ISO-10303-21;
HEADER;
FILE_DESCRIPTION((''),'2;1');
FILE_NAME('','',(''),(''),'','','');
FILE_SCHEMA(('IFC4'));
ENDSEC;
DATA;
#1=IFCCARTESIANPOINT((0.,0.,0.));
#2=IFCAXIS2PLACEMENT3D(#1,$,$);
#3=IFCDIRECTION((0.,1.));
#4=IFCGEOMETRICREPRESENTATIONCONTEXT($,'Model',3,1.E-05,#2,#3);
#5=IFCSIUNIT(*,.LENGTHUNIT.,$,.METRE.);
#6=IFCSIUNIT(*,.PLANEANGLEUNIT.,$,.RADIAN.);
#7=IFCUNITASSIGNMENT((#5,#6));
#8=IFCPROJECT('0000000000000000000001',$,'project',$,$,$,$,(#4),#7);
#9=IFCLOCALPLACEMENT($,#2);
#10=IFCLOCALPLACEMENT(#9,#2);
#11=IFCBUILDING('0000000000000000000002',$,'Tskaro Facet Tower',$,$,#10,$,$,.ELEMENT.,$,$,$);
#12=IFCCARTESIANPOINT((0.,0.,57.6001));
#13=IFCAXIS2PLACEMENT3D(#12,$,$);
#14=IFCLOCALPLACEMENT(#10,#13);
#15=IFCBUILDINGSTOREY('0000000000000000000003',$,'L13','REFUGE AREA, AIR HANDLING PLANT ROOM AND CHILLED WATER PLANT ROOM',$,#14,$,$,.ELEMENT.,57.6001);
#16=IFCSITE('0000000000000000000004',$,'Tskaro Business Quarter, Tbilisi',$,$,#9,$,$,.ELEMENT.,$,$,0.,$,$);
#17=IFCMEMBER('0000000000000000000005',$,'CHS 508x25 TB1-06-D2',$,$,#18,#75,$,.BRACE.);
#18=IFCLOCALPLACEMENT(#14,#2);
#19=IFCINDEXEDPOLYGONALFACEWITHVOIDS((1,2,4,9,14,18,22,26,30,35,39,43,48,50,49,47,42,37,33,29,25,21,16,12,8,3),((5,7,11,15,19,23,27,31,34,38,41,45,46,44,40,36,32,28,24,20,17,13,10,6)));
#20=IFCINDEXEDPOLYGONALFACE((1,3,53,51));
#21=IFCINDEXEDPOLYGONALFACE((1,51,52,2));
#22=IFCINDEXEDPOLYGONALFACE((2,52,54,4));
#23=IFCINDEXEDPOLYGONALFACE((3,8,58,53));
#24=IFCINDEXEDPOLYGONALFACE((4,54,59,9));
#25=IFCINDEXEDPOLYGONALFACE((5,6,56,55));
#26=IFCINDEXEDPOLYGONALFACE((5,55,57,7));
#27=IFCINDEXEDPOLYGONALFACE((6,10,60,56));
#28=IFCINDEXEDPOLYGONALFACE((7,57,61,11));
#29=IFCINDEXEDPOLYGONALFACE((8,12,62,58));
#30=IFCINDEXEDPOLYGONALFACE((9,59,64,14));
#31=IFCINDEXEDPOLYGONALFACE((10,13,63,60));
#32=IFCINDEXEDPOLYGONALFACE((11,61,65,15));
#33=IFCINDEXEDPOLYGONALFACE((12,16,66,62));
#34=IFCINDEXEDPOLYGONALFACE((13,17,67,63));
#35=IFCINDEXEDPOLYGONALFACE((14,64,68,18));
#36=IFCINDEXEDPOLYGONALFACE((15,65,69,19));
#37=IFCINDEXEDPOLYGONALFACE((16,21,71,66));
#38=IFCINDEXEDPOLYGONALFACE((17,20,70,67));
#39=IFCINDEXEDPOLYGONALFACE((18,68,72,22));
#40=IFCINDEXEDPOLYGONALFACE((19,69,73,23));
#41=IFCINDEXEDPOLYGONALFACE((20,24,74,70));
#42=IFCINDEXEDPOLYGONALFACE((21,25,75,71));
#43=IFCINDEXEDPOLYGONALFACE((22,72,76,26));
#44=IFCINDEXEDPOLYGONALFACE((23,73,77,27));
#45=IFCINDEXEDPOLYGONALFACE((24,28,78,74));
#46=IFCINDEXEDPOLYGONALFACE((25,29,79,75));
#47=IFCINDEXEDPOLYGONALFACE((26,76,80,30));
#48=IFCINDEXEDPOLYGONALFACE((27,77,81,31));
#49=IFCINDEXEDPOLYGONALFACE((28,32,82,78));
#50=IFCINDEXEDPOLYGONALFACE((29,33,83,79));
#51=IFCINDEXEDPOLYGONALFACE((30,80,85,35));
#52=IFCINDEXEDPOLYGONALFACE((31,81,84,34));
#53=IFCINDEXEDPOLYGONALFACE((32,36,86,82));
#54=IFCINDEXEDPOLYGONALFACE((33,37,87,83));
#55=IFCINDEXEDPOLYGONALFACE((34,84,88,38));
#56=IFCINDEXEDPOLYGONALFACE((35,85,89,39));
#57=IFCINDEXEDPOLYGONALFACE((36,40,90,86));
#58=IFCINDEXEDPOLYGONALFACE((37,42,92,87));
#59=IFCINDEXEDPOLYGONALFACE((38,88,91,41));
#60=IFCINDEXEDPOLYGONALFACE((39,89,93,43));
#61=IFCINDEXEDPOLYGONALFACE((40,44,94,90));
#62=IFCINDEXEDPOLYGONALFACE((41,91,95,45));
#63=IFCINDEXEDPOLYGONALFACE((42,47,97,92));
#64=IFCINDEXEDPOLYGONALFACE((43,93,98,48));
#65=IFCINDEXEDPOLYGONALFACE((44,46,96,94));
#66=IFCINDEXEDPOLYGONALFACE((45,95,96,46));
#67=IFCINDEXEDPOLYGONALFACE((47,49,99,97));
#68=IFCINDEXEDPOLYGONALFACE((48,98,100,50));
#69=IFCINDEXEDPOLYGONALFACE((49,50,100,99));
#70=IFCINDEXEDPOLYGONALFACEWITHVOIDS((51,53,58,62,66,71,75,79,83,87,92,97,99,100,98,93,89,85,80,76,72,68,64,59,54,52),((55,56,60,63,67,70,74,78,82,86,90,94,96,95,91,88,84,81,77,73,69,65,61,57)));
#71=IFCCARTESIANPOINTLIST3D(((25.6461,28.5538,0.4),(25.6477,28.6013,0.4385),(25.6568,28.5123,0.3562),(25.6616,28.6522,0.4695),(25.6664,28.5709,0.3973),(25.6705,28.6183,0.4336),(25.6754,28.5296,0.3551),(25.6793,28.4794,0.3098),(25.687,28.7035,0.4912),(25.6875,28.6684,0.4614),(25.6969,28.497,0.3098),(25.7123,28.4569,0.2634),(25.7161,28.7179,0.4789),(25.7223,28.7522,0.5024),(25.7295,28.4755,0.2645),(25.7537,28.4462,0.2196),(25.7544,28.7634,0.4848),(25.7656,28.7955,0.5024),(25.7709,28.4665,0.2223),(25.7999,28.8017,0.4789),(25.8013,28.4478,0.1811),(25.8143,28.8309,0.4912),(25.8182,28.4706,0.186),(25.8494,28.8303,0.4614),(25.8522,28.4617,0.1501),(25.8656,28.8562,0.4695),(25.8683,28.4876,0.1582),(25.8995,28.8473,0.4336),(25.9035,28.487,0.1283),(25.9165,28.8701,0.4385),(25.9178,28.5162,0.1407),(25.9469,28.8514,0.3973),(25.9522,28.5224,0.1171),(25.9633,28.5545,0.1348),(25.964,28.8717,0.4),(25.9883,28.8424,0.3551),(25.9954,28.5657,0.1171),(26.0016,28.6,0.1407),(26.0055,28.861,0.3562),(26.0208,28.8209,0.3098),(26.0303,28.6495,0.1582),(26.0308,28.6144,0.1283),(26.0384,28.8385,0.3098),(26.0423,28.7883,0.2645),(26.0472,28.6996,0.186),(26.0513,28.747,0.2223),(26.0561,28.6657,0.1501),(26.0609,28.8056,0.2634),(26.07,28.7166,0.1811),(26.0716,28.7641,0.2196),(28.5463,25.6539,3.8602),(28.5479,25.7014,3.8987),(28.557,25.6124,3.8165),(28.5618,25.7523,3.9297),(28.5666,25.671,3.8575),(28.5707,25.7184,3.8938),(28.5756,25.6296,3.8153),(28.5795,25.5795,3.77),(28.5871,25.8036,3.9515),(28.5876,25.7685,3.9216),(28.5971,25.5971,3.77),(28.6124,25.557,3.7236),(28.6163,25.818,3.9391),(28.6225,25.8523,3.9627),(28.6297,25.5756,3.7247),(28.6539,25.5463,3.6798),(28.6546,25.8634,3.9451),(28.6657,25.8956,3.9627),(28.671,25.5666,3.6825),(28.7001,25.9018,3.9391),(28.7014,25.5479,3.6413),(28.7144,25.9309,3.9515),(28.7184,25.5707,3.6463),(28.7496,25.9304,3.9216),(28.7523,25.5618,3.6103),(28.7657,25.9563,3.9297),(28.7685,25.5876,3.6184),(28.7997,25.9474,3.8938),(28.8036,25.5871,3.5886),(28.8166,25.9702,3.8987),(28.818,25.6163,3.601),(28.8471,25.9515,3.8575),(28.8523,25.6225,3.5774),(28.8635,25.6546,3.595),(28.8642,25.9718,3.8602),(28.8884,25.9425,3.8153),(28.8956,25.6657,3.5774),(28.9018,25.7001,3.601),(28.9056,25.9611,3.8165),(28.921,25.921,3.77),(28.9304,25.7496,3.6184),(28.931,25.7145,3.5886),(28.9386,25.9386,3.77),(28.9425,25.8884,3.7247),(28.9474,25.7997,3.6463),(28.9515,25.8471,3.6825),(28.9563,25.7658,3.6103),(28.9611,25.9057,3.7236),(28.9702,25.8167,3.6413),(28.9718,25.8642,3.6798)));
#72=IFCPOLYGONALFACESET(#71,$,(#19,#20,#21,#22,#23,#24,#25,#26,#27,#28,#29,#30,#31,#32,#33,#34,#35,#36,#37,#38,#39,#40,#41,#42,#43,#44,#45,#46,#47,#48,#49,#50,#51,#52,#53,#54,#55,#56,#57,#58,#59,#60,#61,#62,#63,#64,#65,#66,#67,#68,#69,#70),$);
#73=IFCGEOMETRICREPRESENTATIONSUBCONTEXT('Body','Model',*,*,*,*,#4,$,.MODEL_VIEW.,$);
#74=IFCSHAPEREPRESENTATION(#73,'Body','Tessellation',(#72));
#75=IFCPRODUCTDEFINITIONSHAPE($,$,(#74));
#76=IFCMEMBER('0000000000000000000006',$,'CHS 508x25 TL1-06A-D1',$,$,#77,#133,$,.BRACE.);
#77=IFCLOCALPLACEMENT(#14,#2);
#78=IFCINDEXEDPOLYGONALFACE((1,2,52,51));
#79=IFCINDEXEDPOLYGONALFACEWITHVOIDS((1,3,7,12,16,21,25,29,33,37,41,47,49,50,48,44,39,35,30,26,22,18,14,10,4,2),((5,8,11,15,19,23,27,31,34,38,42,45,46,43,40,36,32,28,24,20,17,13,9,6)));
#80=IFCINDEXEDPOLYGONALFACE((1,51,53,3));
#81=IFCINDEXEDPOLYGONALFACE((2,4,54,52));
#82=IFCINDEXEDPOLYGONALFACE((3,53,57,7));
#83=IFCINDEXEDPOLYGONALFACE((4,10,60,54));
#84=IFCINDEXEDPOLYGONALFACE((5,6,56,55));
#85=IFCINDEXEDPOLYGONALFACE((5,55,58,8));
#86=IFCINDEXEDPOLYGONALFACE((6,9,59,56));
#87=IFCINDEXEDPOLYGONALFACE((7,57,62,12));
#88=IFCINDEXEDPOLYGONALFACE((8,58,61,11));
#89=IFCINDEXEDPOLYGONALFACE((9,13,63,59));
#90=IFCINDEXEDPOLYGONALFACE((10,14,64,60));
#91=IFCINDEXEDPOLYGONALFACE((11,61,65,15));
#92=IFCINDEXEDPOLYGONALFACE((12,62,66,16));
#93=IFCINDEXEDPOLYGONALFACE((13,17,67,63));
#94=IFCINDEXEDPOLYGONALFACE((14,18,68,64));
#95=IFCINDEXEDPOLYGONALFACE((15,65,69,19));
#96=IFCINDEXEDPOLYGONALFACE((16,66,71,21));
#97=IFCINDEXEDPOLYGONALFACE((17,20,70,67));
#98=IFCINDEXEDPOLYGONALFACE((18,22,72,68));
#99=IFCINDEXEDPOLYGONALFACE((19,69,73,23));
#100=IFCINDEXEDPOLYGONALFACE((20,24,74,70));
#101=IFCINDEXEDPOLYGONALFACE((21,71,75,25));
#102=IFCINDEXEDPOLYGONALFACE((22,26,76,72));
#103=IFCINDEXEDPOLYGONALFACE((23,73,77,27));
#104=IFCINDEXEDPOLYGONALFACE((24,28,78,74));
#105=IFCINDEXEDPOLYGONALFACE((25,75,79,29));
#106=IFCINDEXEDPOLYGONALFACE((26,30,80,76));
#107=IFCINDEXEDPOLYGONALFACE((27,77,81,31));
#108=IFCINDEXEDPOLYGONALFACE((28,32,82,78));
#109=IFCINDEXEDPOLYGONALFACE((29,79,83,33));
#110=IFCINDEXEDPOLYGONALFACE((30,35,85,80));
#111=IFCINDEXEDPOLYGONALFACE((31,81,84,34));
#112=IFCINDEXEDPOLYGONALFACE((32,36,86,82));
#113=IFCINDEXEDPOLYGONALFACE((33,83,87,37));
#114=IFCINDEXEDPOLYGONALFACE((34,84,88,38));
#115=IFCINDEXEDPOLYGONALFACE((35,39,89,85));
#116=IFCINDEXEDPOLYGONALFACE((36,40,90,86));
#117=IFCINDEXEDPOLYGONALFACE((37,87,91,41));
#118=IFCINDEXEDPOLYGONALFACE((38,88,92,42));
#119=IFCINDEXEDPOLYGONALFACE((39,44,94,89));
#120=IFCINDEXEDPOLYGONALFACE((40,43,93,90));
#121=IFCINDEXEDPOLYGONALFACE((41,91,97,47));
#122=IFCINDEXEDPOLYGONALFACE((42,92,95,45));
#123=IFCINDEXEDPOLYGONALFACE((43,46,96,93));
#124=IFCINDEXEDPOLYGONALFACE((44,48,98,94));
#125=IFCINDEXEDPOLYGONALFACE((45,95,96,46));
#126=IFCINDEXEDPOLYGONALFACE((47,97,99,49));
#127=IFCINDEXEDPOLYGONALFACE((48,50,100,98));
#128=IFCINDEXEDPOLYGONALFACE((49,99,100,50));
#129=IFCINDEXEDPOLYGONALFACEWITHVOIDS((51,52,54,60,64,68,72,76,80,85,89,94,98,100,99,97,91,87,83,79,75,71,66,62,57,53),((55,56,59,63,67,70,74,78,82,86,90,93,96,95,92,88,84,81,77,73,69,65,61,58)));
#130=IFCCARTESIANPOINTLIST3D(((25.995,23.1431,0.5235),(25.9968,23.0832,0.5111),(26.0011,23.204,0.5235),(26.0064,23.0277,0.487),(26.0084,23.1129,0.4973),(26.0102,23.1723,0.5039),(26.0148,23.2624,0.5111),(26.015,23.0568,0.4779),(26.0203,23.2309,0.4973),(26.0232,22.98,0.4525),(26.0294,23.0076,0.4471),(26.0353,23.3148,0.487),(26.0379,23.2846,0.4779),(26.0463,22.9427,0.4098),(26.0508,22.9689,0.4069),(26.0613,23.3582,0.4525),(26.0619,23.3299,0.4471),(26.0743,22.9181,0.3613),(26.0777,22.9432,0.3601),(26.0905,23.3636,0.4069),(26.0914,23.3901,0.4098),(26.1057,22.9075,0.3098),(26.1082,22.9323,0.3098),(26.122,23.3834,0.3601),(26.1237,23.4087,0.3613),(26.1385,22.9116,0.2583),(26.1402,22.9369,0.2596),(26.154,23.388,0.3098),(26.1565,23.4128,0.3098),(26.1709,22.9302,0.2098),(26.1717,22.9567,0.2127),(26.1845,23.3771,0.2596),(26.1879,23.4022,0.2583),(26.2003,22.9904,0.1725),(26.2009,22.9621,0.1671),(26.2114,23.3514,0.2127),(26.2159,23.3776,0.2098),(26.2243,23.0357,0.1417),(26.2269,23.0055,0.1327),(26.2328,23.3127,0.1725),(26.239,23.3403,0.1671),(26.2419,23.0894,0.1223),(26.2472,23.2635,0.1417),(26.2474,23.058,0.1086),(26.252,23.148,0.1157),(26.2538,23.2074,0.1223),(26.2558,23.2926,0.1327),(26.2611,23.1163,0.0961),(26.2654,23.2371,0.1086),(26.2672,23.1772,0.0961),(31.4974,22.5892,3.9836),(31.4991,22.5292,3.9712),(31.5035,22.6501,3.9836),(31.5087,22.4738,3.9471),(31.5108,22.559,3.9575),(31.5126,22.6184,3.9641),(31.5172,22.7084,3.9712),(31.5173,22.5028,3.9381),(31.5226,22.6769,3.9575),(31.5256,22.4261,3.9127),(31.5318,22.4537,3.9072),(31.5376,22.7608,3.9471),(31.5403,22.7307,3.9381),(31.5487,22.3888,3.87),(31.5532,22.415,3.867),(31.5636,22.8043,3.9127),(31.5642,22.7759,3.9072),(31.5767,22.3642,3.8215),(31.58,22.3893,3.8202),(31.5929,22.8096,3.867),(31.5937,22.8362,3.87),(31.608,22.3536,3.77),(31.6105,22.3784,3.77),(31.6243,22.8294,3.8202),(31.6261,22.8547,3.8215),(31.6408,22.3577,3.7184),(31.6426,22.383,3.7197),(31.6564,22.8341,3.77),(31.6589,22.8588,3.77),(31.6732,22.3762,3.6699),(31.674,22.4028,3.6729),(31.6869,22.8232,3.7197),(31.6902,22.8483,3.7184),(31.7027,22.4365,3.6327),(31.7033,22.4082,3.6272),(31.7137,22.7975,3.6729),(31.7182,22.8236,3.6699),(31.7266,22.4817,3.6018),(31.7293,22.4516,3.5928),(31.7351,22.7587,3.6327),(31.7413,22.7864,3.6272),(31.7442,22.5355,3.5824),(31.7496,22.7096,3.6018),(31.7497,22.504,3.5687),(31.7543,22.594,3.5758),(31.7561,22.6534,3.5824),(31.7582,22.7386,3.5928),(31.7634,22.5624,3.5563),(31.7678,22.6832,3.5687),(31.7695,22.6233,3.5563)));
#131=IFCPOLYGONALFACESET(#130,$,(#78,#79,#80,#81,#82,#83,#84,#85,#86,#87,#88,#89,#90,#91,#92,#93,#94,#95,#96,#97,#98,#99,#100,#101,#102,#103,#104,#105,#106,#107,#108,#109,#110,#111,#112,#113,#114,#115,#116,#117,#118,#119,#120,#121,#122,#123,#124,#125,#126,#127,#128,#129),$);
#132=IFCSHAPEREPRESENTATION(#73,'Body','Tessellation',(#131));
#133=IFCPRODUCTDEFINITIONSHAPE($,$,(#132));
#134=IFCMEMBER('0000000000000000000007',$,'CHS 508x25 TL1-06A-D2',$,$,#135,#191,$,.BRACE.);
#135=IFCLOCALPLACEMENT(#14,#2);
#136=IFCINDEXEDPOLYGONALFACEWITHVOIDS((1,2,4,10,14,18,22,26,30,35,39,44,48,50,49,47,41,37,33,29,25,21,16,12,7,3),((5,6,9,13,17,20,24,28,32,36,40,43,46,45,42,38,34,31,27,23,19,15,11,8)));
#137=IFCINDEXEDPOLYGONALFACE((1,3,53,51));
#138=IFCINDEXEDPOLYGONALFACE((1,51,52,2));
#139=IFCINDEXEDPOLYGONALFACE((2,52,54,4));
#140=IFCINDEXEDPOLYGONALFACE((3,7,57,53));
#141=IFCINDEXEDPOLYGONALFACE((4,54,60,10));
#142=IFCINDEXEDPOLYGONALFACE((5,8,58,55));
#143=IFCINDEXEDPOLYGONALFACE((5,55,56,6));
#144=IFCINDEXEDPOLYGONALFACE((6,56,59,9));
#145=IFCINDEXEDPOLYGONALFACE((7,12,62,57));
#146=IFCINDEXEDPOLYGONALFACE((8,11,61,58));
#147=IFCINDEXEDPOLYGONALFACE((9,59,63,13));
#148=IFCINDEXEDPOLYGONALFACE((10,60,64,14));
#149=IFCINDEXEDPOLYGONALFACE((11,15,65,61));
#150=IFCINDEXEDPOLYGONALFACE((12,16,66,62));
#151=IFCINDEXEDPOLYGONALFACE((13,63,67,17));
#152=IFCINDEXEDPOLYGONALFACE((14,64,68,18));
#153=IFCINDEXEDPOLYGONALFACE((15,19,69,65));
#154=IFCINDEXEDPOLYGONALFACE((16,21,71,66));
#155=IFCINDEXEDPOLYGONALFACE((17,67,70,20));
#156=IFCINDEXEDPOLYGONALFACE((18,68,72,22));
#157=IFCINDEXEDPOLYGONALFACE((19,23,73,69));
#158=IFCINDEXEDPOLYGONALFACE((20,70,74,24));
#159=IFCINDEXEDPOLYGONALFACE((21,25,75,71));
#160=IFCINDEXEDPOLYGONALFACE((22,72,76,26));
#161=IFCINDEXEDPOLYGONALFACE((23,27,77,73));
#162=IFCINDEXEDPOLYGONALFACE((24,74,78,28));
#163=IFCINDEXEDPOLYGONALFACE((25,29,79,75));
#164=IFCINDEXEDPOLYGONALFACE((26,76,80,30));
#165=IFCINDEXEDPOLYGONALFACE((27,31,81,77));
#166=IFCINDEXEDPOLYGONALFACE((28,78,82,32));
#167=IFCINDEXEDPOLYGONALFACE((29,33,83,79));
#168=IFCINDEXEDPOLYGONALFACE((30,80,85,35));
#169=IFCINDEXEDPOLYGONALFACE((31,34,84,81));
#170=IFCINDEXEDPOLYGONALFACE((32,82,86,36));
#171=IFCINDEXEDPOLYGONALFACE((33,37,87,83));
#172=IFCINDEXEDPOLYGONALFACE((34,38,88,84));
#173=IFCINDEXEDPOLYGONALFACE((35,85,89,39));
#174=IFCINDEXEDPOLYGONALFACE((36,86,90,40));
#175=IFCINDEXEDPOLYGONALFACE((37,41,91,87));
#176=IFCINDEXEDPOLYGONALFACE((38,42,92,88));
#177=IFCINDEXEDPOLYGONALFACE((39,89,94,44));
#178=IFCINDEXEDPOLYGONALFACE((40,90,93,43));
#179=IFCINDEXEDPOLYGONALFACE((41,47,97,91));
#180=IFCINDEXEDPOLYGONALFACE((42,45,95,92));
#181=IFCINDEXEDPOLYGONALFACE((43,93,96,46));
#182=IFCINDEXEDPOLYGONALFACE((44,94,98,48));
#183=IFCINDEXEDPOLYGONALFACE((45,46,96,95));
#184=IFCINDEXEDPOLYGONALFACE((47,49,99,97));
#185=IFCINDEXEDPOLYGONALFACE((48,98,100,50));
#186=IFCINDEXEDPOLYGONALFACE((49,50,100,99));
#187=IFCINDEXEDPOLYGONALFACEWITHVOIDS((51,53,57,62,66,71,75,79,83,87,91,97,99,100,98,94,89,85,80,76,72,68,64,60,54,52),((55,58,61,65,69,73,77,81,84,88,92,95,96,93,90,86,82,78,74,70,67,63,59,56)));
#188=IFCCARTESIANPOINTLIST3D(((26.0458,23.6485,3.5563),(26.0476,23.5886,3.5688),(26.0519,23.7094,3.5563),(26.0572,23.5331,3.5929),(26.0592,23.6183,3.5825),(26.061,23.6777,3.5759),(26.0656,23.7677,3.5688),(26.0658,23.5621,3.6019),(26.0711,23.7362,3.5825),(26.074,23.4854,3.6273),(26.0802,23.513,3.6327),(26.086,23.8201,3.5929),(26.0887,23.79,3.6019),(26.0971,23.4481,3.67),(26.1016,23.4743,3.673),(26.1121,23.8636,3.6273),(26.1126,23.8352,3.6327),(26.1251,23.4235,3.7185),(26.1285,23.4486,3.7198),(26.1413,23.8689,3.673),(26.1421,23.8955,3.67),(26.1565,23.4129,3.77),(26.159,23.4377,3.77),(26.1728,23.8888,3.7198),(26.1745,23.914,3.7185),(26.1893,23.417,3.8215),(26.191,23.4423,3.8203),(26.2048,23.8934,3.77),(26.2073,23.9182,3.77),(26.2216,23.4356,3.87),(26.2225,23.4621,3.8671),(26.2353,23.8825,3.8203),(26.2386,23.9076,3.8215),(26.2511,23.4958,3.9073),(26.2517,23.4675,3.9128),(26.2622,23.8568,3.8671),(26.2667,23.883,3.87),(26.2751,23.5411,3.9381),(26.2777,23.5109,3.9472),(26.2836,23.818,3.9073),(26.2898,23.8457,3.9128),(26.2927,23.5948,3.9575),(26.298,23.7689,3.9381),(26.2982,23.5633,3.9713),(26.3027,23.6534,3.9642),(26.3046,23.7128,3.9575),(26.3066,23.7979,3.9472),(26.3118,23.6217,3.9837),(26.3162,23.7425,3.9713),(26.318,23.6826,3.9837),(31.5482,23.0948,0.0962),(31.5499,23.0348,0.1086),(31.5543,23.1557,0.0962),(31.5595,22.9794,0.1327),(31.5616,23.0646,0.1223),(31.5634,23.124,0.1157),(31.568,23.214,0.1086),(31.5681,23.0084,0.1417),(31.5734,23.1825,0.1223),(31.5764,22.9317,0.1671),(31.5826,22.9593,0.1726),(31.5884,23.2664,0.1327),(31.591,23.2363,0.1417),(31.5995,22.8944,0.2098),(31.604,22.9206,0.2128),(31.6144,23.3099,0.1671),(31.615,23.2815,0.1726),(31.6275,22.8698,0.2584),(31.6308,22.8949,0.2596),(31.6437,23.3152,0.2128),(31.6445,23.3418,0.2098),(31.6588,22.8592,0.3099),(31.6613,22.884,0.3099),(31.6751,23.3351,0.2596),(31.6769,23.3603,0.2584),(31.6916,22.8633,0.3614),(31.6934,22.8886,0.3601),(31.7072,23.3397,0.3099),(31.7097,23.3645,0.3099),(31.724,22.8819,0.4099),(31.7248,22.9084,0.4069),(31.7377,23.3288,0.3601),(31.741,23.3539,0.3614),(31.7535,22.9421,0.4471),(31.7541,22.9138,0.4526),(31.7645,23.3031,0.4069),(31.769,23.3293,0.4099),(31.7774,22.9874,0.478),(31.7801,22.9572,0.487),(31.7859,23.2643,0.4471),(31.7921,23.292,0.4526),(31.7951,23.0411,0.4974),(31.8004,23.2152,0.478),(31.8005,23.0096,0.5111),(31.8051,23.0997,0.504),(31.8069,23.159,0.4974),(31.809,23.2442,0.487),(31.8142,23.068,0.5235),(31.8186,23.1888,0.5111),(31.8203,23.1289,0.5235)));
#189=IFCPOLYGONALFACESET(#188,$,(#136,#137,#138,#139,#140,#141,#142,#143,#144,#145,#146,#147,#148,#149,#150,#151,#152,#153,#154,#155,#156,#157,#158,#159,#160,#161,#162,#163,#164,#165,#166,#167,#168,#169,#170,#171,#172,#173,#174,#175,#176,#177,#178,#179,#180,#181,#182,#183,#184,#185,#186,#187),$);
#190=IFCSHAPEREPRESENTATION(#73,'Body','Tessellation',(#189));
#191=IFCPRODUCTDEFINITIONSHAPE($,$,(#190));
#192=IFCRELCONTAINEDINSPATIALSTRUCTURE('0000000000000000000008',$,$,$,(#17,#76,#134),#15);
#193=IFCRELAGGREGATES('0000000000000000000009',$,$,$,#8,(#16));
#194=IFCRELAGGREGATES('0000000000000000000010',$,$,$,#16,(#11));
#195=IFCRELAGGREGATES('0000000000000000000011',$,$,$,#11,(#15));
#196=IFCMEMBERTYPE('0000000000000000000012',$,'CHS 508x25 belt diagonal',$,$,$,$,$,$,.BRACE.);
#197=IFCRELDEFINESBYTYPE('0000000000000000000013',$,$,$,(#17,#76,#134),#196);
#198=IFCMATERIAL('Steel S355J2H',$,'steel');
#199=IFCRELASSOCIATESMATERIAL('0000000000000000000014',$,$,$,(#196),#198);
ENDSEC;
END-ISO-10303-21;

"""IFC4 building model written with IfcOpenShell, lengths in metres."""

from ifc_helpers import new_model, si_unit, direction, frame, origin, origin_2d, place, context, subcontext, project, spatial, hollow_circle, extrude, material, material_profile, profile_set, type_object, element, save


model = new_model("IFC4")

# Units and contexts
model_context = context("Model", 3, precision=1e-05, world=origin(), true_north=direction((0.0, 1.0)))
body_context = subcontext(model_context, "Body", "Model", "MODEL_VIEW")
ifc_project = project(units=[si_unit("LENGTHUNIT", "METRE"), si_unit("PLANEANGLEUNIT", "RADIAN")], contexts=[model_context])

# Site, building, storey
site_placement = place(None, origin())
site = spatial("IfcSite", under=ifc_project, at=site_placement, Name="Tskaro Business Quarter, Tbilisi", CompositionType="ELEMENT", RefElevation=0.0)
building_placement = place(site_placement, origin())
building = spatial("IfcBuilding", under=site, at=building_placement, Name="Tskaro Facet Tower", CompositionType="ELEMENT")
storey_placement = place(building_placement, frame((0.0, 0.0, 57.6001)))
storey = spatial("IfcBuildingStorey", under=building, at=storey_placement, Name="L13", Description="REFUGE AREA, AIR HANDLING PLANT ROOM AND CHILLED WATER PLANT ROOM", CompositionType="ELEMENT", Elevation=57.6001)

# Members
ifc_material_1 = material(Name="Steel S355J2H", Category="steel")
ifc_material_profile_1 = material_profile(ifc_material_1, hollow_circle(Radius=0.2539, WallThickness=0.0249, at=origin_2d()), Name="CHS 508x25")
ifc_profile_set_1 = profile_set([ifc_material_profile_1], Name="Steel S355J2H")
member_type_1 = type_object("IfcMemberType", Name="CHS 508x25 belt diagonal", PredefinedType="BRACE", material=ifc_profile_set_1)
for number, where, z_axis, x_axis, name in (
    (1, (28.759, 25.759, 3.77), (-0.540473, 0.540428, -0.644846), (-0.707077, -0.707137, 0.0), "CHS 508x25 TB1-06-D2"),
):
    element("IfcMember", number, at=place(storey_placement, frame(where, z_axis=z_axis, x_axis=x_axis)), inside=storey, type_object=member_type_1, Name=name, PredefinedType="BRACE", context=body_context, shape_type="SweptSolid", body=[
        extrude(hollow_circle(Radius=0.2539, WallThickness=0.0249, at=origin_2d()), origin(), (0.0, 0.0, 1.0), 5.366),
    ])
for number, where, z_axis, x_axis, name in (
    (2, (26.1311, 23.1602, 0.3098), (0.843473, -0.084916, 0.530417), (0.100168, 0.994971, 0.0), "CHS 508x25 TL1-06A-D1"),
    (3, (26.1819, 23.6655, 3.77), (0.843476, -0.084879, -0.530419), (0.100124, 0.994975, 0.0), "CHS 508x25 TL1-06A-D2"),
):
    element("IfcMember", number, at=place(storey_placement, frame(where, z_axis=z_axis, x_axis=x_axis)), inside=storey, type_object=member_type_1, Name=name, PredefinedType="BRACE", context=body_context, shape_type="SweptSolid", body=[
        extrude(hollow_circle(Radius=0.2539, WallThickness=0.0249, at=origin_2d()), origin(), (0.0, 0.0, 1.0), 6.5234),
    ])

save(model, "model.ifc")
